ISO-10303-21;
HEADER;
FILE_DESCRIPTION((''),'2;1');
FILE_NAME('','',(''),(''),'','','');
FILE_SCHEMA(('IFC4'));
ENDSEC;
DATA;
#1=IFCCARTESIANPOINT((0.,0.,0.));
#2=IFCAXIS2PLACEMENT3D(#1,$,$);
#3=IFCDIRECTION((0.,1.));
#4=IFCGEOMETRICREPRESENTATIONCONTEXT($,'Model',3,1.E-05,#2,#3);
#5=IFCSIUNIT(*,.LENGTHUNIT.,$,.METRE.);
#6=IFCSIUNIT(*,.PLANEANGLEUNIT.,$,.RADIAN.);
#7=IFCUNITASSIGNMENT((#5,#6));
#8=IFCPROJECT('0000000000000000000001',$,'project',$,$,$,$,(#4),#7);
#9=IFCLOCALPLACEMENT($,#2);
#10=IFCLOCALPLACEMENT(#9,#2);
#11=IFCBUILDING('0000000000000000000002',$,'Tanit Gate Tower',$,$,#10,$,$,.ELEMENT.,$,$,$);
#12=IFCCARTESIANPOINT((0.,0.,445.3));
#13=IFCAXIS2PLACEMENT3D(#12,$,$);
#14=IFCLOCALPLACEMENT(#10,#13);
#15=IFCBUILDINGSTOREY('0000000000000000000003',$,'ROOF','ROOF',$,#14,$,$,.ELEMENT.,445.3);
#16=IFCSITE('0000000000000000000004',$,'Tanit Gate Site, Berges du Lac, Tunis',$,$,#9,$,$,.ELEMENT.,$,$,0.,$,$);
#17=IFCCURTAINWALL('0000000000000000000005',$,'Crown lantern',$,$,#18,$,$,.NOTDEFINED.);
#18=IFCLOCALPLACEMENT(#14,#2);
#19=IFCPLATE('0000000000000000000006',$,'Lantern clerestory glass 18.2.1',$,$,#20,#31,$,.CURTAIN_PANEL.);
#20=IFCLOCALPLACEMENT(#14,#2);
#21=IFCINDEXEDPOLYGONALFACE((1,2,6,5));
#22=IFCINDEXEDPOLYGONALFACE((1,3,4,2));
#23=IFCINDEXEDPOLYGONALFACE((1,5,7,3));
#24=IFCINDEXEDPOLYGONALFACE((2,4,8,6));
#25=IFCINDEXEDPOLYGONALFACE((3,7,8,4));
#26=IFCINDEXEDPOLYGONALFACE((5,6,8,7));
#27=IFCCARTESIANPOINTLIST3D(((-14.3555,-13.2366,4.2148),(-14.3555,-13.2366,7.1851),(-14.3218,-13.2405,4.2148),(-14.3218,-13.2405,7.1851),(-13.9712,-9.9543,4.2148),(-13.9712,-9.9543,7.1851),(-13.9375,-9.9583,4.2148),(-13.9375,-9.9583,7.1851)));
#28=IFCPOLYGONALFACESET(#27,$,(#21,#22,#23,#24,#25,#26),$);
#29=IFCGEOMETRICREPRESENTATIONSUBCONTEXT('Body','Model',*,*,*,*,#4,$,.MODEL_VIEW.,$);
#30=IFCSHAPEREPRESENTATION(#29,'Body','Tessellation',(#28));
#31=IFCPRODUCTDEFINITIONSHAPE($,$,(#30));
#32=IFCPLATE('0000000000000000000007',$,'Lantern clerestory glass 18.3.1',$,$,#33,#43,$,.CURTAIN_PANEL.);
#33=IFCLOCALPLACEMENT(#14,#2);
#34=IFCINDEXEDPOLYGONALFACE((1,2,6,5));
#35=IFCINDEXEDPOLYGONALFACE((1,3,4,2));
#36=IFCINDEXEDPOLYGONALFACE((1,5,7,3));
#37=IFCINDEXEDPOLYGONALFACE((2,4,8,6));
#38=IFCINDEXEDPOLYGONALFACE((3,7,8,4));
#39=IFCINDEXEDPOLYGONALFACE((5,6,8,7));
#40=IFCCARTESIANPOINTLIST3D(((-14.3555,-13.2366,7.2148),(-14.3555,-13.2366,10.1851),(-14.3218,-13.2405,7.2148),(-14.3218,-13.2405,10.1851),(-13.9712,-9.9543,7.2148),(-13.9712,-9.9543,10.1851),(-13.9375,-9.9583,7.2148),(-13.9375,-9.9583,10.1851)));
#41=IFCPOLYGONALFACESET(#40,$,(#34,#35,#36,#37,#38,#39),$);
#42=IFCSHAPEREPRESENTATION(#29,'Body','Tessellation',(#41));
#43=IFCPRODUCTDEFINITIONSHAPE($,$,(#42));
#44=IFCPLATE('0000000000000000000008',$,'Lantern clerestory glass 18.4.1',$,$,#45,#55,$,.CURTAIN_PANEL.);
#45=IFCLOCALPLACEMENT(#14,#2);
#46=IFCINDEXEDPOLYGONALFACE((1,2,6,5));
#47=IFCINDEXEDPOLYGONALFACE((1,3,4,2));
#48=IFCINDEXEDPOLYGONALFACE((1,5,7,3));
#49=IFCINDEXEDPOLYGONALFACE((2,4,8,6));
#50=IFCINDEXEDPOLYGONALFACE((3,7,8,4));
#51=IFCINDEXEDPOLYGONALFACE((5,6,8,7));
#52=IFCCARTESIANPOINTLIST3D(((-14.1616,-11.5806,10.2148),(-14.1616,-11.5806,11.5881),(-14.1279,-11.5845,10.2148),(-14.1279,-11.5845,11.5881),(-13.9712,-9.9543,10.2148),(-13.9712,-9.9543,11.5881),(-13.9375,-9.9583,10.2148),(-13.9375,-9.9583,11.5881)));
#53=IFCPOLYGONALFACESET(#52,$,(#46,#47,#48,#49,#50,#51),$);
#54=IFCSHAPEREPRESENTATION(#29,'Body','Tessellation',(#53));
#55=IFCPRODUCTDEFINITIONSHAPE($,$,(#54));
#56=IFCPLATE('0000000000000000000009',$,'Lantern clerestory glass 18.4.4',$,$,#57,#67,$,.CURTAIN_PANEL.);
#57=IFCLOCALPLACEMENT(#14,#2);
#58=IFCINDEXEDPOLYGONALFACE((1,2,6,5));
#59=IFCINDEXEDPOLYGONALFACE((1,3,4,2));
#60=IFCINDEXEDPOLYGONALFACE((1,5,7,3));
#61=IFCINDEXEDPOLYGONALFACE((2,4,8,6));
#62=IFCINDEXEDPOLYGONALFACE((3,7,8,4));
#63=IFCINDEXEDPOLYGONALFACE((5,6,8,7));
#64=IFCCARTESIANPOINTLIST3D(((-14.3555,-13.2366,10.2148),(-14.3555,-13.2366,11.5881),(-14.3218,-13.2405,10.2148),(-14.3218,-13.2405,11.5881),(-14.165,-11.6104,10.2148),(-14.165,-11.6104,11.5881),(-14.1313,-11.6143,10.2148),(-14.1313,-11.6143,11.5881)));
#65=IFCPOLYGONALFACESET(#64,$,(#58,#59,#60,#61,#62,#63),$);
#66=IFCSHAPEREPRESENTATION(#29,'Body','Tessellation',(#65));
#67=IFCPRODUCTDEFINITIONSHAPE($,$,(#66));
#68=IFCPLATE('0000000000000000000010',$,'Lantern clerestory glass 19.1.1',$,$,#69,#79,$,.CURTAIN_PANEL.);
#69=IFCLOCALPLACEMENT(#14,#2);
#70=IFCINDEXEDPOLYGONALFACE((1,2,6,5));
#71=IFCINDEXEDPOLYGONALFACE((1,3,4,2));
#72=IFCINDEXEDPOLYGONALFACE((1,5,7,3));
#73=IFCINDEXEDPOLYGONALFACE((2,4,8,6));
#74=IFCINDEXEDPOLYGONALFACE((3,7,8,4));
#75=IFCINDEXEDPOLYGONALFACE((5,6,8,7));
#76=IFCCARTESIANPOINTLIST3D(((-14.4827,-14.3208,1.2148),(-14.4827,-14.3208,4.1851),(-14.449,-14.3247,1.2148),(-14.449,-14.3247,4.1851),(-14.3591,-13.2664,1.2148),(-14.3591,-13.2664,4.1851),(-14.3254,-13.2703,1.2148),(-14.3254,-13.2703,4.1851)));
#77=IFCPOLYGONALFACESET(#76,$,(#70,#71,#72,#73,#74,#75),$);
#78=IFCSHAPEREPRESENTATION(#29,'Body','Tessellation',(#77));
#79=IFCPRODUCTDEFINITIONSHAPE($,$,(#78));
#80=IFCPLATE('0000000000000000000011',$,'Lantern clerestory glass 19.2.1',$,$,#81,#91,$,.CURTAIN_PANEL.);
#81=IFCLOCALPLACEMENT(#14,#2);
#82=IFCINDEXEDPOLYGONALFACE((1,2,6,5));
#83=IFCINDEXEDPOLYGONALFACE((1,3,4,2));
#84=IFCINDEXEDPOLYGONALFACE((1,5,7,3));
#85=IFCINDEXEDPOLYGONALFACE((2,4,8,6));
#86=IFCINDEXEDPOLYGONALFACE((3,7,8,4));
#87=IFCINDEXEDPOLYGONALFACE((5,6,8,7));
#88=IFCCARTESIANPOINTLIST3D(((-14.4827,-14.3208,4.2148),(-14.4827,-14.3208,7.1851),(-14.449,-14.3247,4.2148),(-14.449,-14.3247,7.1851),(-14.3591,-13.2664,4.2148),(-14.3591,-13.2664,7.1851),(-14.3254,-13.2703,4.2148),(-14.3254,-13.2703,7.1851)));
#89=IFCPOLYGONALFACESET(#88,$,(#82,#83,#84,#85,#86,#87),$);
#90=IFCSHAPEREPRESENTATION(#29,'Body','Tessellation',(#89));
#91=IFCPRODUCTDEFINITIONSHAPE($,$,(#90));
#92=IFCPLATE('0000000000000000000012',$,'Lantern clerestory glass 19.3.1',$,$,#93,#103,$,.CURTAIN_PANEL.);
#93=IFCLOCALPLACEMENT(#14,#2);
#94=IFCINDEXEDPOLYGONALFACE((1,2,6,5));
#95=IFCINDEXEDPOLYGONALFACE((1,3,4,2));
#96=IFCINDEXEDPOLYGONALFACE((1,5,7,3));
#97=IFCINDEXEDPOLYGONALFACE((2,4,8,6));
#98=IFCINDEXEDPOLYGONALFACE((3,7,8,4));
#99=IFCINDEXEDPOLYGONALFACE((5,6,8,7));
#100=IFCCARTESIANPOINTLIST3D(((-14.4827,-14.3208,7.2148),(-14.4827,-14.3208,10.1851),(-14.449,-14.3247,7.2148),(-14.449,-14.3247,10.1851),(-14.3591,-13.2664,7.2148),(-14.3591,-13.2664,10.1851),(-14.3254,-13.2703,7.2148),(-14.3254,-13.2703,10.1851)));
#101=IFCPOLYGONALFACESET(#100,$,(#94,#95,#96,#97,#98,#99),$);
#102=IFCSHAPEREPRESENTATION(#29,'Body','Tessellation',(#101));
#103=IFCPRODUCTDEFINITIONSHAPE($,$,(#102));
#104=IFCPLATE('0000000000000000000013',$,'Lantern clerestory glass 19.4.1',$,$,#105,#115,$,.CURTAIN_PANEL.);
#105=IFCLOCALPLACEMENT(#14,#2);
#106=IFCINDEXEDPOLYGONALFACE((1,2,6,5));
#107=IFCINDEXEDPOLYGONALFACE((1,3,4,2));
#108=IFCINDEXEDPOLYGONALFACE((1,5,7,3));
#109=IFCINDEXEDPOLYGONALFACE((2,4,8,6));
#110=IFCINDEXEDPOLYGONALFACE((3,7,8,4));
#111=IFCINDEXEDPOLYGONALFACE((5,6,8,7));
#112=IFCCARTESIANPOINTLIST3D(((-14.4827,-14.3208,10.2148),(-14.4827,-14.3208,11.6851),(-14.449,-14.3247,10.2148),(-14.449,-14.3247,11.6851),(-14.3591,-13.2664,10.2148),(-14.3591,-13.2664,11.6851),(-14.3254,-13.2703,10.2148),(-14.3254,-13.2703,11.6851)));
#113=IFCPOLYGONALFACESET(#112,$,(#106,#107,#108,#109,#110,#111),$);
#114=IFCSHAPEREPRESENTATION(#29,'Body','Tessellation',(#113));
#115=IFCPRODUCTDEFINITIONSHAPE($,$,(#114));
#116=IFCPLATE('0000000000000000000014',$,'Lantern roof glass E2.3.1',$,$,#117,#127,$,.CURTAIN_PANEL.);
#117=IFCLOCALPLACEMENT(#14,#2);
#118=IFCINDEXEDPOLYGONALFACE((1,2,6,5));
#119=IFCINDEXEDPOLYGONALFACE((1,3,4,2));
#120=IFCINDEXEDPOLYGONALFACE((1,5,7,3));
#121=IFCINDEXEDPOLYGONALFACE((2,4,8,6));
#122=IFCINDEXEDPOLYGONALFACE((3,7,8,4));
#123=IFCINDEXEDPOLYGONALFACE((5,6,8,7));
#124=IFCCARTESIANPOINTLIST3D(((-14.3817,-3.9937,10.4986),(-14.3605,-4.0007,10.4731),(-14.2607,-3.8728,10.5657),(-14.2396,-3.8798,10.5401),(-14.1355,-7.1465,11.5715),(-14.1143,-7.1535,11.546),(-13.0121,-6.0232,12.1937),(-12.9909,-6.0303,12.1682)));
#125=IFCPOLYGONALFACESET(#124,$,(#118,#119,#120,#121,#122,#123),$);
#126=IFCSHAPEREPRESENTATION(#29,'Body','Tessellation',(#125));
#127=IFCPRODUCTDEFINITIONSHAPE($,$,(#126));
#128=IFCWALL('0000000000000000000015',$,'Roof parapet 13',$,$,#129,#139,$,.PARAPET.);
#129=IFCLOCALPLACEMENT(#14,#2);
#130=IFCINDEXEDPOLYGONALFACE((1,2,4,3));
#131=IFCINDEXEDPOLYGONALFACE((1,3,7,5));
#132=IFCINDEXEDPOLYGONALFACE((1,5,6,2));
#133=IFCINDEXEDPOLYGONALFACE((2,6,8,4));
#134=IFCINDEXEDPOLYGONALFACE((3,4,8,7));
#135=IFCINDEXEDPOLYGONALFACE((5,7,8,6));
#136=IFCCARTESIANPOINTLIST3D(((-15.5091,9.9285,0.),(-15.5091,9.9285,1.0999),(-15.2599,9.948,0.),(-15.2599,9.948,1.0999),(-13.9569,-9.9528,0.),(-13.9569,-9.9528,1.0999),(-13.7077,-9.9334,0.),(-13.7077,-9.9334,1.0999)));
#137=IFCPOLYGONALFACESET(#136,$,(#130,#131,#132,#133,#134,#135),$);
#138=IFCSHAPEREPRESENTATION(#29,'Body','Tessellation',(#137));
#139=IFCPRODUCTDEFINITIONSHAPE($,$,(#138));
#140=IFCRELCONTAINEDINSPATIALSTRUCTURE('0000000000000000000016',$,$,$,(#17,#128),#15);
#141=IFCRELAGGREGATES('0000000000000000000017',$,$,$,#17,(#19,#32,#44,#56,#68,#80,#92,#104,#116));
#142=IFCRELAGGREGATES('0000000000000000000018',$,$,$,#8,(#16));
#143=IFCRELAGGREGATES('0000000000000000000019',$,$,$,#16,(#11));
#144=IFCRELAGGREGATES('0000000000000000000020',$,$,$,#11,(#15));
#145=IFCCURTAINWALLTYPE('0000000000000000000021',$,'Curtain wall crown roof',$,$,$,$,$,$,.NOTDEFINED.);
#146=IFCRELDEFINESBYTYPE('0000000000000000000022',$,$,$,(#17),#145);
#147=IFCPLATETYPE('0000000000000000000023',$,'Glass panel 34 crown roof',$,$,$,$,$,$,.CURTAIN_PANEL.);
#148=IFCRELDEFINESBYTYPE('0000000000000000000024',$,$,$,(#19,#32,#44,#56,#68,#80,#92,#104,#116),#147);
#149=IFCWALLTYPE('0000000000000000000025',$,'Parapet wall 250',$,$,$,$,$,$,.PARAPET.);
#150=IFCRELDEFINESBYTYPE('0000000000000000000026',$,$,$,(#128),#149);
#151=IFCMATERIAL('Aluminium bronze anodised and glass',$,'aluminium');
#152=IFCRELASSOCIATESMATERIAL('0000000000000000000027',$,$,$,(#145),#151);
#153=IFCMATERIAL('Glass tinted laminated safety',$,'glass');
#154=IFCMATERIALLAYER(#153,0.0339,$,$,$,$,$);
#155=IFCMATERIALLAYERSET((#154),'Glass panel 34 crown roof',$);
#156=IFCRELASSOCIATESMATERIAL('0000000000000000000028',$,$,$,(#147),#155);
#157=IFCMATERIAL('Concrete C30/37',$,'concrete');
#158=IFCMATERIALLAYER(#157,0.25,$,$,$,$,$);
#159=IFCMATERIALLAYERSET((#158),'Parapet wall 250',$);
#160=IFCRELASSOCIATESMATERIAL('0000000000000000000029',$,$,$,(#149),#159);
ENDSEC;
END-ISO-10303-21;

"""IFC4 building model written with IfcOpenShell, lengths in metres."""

from ifc_helpers import new_model, si_unit, direction, frame, frame_2d, origin, place, context, subcontext, project, spatial, polyline, rectangle, outline, extrude, material, layer, layer_set, type_object, element, aggregate, save


model = new_model("IFC4")

# Units and contexts
model_context = context("Model", 3, precision=1e-05, world=origin(), true_north=direction((0.0, 1.0)))
body_context = subcontext(model_context, "Body", "Model", "MODEL_VIEW")
ifc_project = project(units=[si_unit("LENGTHUNIT", "METRE"), si_unit("PLANEANGLEUNIT", "RADIAN")], contexts=[model_context])

# Site, building, storey
site_placement = place(None, origin())
site = spatial("IfcSite", under=ifc_project, at=site_placement, Name="Tanit Gate Site, Berges du Lac, Tunis", CompositionType="ELEMENT", RefElevation=0.0)
building_placement = place(site_placement, origin())
building = spatial("IfcBuilding", under=site, at=building_placement, Name="Tanit Gate Tower", CompositionType="ELEMENT")
storey_placement = place(building_placement, frame((0.0, 0.0, 445.3)))
storey = spatial("IfcBuildingStorey", under=building, at=storey_placement, Name="ROOF", Description="ROOF", CompositionType="ELEMENT", Elevation=445.3)

# Curtain wall, plates
ifc_material_1 = material(Name="Aluminium bronze anodised and glass", Category="aluminium")
curtain_wall_type = type_object("IfcCurtainWallType", Name="Curtain wall crown roof", PredefinedType="NOTDEFINED", material=ifc_material_1)
curtain_wall_placement = place(storey_placement, origin())
curtain_wall = element("IfcCurtainWall", 1, at=curtain_wall_placement, inside=storey, type_object=curtain_wall_type, Name="Crown lantern", PredefinedType="NOTDEFINED")
ifc_material_2 = material(Name="Glass tinted laminated safety", Category="glass")
ifc_layer_1 = layer(ifc_material_2, 0.0339)
ifc_layer_set_1 = layer_set([ifc_layer_1], Name="Glass panel 34 crown roof")
plate_type = type_object("IfcPlateType", Name="Glass panel 34 crown roof", PredefinedType="CURTAIN_PANEL", material=ifc_layer_set_1)
plate_1_placement = place(storey_placement, frame((-13.9712, -9.9543, 4.2148), z_axis=(-0.993216, 0.116284, 0.0), x_axis=(-0.116284, -0.993216, 0.0)))
plate_1 = element("IfcPlate", 2, at=plate_1_placement, type_object=plate_type, Name="Lantern clerestory glass 18.2.1", PredefinedType="CURTAIN_PANEL", context=body_context, shape_type="SweptSolid", body=[
    extrude(outline(polyline([(0.0, 0.0), (3.3046, 0.0), (3.3046, 2.9702), (0.0, 2.9702), (0.0, 0.0)])), origin(), (0.0, 0.0, -1.0), 0.0339),
])
plate_2_placement = place(storey_placement, frame((-13.9712, -9.9543, 7.2148), z_axis=(-0.993216, 0.116284, 0.0), x_axis=(-0.116284, -0.993216, 0.0)))
plate_2 = element("IfcPlate", 3, at=plate_2_placement, type_object=plate_type, Name="Lantern clerestory glass 18.3.1", PredefinedType="CURTAIN_PANEL", context=body_context, shape_type="SweptSolid", body=[
    extrude(outline(polyline([(0.0, 0.0), (3.3046, 0.0), (3.3046, 2.9702), (0.0, 2.9702), (0.0, 0.0)])), origin(), (0.0, 0.0, -1.0), 0.0339),
])
plate_3_placement = place(storey_placement, frame((-13.9712, -9.9543, 10.2148), z_axis=(-0.993214, 0.116305, 0.0), x_axis=(-0.116305, -0.993214, 0.0)))
plate_3 = element("IfcPlate", 4, at=plate_3_placement, type_object=plate_type, Name="Lantern clerestory glass 18.4.1", PredefinedType="CURTAIN_PANEL", context=body_context, shape_type="SweptSolid", body=[
    extrude(outline(polyline([(0.0, 0.0), (1.6373, 0.0), (1.6373, 1.3733), (0.0, 1.3733), (0.0, 0.0)])), origin(), (0.0, 0.0, -1.0), 0.0339),
])
plate_4_placement = place(storey_placement, frame((-14.165, -11.6104, 10.2148), z_axis=(-0.993214, 0.116305, 0.0), x_axis=(-0.116305, -0.993214, 0.0)))
plate_4 = element("IfcPlate", 5, at=plate_4_placement, type_object=plate_type, Name="Lantern clerestory glass 18.4.4", PredefinedType="CURTAIN_PANEL", context=body_context, shape_type="SweptSolid", body=[
    extrude(outline(polyline([(0.0, 0.0), (1.6373, 0.0), (1.6373, 1.3733), (0.0, 1.3733), (0.0, 0.0)])), origin(), (0.0, 0.0, -1.0), 0.0339),
])
plate_5_placement = place(storey_placement, frame((-14.3591, -13.2664, 1.2148), z_axis=(-0.993207, 0.116361, 0.0), x_axis=(-0.116361, -0.993207, 0.0)))
plate_5 = element("IfcPlate", 6, at=plate_5_placement, type_object=plate_type, Name="Lantern clerestory glass 19.1.1", PredefinedType="CURTAIN_PANEL", context=body_context, shape_type="SweptSolid", body=[
    extrude(outline(polyline([(0.0, 0.0), (1.0617, 0.0), (1.0617, 2.9702), (0.0, 2.9702), (0.0, 0.0)])), origin(), (0.0, 0.0, -1.0), 0.0339),
])
plate_6_placement = place(storey_placement, frame((-14.3591, -13.2664, 4.2148), z_axis=(-0.993207, 0.116361, 0.0), x_axis=(-0.116361, -0.993207, 0.0)))
plate_6 = element("IfcPlate", 7, at=plate_6_placement, type_object=plate_type, Name="Lantern clerestory glass 19.2.1", PredefinedType="CURTAIN_PANEL", context=body_context, shape_type="SweptSolid", body=[
    extrude(outline(polyline([(0.0, 0.0), (1.0617, 0.0), (1.0617, 2.9702), (0.0, 2.9702), (0.0, 0.0)])), origin(), (0.0, 0.0, -1.0), 0.0339),
])
plate_7_placement = place(storey_placement, frame((-14.3591, -13.2664, 7.2148), z_axis=(-0.993207, 0.116361, 0.0), x_axis=(-0.116361, -0.993207, 0.0)))
plate_7 = element("IfcPlate", 8, at=plate_7_placement, type_object=plate_type, Name="Lantern clerestory glass 19.3.1", PredefinedType="CURTAIN_PANEL", context=body_context, shape_type="SweptSolid", body=[
    extrude(outline(polyline([(0.0, 0.0), (1.0617, 0.0), (1.0617, 2.9702), (0.0, 2.9702), (0.0, 0.0)])), origin(), (0.0, 0.0, -1.0), 0.0339),
])
plate_8_placement = place(storey_placement, frame((-14.3591, -13.2664, 10.2148), z_axis=(-0.993207, 0.116361, 0.0), x_axis=(-0.116361, -0.993207, 0.0)))
plate_8 = element("IfcPlate", 9, at=plate_8_placement, type_object=plate_type, Name="Lantern clerestory glass 19.4.1", PredefinedType="CURTAIN_PANEL", context=body_context, shape_type="SweptSolid", body=[
    extrude(outline(polyline([(0.0, 0.0), (1.0617, 0.0), (1.0617, 1.4702), (0.0, 1.4702), (0.0, 0.0)])), origin(), (0.0, 0.0, -1.0), 0.0339),
])
plate_9_placement = place(storey_placement, frame((-14.1355, -7.1465, 11.5715), z_axis=(-0.624474, 0.207469, 0.752987), x_axis=(0.658454, 0.658368, 0.364677)))
plate_9 = element("IfcPlate", 10, at=plate_9_placement, type_object=plate_type, Name="Lantern roof glass E2.3.1", PredefinedType="CURTAIN_PANEL", context=body_context, shape_type="SweptSolid", body=[
    extrude(outline(polyline([(0.0, 0.0), (1.7061, 0.0), (1.706, 2.9722), (1.5223, 2.9723), (0.0, 0.0)])), origin(), (0.0, 0.0, -1.0), 0.0339),
])
aggregate(curtain_wall, [plate_1, plate_2, plate_3, plate_4, plate_5, plate_6, plate_7, plate_8, plate_9])

# Wall
ifc_material_3 = material(Name="Concrete C30/37", Category="concrete")
ifc_layer_2 = layer(ifc_material_3, 0.25)
ifc_layer_set_2 = layer_set([ifc_layer_2], Name="Parapet wall 250")
wall_type = type_object("IfcWallType", Name="Parapet wall 250", PredefinedType="PARAPET", material=ifc_layer_set_2)
wall_placement = place(storey_placement, frame((-13.8323, -9.9431, 0.0), z_axis=(0.0, 0.0, 1.0), x_axis=(-0.077839, 0.996966, 0.0)))
element("IfcWall", 11, at=wall_placement, inside=storey, type_object=wall_type, Name="Roof parapet 13", PredefinedType="PARAPET", context=body_context, shape_type="SweptSolid", body=[
    extrude(rectangle(XDim=19.9419, YDim=0.25, at=frame_2d((9.9709, 0.0))), origin(), (0.0, 0.0, 1.0), 1.0999),
])

save(model, "model.ifc")
